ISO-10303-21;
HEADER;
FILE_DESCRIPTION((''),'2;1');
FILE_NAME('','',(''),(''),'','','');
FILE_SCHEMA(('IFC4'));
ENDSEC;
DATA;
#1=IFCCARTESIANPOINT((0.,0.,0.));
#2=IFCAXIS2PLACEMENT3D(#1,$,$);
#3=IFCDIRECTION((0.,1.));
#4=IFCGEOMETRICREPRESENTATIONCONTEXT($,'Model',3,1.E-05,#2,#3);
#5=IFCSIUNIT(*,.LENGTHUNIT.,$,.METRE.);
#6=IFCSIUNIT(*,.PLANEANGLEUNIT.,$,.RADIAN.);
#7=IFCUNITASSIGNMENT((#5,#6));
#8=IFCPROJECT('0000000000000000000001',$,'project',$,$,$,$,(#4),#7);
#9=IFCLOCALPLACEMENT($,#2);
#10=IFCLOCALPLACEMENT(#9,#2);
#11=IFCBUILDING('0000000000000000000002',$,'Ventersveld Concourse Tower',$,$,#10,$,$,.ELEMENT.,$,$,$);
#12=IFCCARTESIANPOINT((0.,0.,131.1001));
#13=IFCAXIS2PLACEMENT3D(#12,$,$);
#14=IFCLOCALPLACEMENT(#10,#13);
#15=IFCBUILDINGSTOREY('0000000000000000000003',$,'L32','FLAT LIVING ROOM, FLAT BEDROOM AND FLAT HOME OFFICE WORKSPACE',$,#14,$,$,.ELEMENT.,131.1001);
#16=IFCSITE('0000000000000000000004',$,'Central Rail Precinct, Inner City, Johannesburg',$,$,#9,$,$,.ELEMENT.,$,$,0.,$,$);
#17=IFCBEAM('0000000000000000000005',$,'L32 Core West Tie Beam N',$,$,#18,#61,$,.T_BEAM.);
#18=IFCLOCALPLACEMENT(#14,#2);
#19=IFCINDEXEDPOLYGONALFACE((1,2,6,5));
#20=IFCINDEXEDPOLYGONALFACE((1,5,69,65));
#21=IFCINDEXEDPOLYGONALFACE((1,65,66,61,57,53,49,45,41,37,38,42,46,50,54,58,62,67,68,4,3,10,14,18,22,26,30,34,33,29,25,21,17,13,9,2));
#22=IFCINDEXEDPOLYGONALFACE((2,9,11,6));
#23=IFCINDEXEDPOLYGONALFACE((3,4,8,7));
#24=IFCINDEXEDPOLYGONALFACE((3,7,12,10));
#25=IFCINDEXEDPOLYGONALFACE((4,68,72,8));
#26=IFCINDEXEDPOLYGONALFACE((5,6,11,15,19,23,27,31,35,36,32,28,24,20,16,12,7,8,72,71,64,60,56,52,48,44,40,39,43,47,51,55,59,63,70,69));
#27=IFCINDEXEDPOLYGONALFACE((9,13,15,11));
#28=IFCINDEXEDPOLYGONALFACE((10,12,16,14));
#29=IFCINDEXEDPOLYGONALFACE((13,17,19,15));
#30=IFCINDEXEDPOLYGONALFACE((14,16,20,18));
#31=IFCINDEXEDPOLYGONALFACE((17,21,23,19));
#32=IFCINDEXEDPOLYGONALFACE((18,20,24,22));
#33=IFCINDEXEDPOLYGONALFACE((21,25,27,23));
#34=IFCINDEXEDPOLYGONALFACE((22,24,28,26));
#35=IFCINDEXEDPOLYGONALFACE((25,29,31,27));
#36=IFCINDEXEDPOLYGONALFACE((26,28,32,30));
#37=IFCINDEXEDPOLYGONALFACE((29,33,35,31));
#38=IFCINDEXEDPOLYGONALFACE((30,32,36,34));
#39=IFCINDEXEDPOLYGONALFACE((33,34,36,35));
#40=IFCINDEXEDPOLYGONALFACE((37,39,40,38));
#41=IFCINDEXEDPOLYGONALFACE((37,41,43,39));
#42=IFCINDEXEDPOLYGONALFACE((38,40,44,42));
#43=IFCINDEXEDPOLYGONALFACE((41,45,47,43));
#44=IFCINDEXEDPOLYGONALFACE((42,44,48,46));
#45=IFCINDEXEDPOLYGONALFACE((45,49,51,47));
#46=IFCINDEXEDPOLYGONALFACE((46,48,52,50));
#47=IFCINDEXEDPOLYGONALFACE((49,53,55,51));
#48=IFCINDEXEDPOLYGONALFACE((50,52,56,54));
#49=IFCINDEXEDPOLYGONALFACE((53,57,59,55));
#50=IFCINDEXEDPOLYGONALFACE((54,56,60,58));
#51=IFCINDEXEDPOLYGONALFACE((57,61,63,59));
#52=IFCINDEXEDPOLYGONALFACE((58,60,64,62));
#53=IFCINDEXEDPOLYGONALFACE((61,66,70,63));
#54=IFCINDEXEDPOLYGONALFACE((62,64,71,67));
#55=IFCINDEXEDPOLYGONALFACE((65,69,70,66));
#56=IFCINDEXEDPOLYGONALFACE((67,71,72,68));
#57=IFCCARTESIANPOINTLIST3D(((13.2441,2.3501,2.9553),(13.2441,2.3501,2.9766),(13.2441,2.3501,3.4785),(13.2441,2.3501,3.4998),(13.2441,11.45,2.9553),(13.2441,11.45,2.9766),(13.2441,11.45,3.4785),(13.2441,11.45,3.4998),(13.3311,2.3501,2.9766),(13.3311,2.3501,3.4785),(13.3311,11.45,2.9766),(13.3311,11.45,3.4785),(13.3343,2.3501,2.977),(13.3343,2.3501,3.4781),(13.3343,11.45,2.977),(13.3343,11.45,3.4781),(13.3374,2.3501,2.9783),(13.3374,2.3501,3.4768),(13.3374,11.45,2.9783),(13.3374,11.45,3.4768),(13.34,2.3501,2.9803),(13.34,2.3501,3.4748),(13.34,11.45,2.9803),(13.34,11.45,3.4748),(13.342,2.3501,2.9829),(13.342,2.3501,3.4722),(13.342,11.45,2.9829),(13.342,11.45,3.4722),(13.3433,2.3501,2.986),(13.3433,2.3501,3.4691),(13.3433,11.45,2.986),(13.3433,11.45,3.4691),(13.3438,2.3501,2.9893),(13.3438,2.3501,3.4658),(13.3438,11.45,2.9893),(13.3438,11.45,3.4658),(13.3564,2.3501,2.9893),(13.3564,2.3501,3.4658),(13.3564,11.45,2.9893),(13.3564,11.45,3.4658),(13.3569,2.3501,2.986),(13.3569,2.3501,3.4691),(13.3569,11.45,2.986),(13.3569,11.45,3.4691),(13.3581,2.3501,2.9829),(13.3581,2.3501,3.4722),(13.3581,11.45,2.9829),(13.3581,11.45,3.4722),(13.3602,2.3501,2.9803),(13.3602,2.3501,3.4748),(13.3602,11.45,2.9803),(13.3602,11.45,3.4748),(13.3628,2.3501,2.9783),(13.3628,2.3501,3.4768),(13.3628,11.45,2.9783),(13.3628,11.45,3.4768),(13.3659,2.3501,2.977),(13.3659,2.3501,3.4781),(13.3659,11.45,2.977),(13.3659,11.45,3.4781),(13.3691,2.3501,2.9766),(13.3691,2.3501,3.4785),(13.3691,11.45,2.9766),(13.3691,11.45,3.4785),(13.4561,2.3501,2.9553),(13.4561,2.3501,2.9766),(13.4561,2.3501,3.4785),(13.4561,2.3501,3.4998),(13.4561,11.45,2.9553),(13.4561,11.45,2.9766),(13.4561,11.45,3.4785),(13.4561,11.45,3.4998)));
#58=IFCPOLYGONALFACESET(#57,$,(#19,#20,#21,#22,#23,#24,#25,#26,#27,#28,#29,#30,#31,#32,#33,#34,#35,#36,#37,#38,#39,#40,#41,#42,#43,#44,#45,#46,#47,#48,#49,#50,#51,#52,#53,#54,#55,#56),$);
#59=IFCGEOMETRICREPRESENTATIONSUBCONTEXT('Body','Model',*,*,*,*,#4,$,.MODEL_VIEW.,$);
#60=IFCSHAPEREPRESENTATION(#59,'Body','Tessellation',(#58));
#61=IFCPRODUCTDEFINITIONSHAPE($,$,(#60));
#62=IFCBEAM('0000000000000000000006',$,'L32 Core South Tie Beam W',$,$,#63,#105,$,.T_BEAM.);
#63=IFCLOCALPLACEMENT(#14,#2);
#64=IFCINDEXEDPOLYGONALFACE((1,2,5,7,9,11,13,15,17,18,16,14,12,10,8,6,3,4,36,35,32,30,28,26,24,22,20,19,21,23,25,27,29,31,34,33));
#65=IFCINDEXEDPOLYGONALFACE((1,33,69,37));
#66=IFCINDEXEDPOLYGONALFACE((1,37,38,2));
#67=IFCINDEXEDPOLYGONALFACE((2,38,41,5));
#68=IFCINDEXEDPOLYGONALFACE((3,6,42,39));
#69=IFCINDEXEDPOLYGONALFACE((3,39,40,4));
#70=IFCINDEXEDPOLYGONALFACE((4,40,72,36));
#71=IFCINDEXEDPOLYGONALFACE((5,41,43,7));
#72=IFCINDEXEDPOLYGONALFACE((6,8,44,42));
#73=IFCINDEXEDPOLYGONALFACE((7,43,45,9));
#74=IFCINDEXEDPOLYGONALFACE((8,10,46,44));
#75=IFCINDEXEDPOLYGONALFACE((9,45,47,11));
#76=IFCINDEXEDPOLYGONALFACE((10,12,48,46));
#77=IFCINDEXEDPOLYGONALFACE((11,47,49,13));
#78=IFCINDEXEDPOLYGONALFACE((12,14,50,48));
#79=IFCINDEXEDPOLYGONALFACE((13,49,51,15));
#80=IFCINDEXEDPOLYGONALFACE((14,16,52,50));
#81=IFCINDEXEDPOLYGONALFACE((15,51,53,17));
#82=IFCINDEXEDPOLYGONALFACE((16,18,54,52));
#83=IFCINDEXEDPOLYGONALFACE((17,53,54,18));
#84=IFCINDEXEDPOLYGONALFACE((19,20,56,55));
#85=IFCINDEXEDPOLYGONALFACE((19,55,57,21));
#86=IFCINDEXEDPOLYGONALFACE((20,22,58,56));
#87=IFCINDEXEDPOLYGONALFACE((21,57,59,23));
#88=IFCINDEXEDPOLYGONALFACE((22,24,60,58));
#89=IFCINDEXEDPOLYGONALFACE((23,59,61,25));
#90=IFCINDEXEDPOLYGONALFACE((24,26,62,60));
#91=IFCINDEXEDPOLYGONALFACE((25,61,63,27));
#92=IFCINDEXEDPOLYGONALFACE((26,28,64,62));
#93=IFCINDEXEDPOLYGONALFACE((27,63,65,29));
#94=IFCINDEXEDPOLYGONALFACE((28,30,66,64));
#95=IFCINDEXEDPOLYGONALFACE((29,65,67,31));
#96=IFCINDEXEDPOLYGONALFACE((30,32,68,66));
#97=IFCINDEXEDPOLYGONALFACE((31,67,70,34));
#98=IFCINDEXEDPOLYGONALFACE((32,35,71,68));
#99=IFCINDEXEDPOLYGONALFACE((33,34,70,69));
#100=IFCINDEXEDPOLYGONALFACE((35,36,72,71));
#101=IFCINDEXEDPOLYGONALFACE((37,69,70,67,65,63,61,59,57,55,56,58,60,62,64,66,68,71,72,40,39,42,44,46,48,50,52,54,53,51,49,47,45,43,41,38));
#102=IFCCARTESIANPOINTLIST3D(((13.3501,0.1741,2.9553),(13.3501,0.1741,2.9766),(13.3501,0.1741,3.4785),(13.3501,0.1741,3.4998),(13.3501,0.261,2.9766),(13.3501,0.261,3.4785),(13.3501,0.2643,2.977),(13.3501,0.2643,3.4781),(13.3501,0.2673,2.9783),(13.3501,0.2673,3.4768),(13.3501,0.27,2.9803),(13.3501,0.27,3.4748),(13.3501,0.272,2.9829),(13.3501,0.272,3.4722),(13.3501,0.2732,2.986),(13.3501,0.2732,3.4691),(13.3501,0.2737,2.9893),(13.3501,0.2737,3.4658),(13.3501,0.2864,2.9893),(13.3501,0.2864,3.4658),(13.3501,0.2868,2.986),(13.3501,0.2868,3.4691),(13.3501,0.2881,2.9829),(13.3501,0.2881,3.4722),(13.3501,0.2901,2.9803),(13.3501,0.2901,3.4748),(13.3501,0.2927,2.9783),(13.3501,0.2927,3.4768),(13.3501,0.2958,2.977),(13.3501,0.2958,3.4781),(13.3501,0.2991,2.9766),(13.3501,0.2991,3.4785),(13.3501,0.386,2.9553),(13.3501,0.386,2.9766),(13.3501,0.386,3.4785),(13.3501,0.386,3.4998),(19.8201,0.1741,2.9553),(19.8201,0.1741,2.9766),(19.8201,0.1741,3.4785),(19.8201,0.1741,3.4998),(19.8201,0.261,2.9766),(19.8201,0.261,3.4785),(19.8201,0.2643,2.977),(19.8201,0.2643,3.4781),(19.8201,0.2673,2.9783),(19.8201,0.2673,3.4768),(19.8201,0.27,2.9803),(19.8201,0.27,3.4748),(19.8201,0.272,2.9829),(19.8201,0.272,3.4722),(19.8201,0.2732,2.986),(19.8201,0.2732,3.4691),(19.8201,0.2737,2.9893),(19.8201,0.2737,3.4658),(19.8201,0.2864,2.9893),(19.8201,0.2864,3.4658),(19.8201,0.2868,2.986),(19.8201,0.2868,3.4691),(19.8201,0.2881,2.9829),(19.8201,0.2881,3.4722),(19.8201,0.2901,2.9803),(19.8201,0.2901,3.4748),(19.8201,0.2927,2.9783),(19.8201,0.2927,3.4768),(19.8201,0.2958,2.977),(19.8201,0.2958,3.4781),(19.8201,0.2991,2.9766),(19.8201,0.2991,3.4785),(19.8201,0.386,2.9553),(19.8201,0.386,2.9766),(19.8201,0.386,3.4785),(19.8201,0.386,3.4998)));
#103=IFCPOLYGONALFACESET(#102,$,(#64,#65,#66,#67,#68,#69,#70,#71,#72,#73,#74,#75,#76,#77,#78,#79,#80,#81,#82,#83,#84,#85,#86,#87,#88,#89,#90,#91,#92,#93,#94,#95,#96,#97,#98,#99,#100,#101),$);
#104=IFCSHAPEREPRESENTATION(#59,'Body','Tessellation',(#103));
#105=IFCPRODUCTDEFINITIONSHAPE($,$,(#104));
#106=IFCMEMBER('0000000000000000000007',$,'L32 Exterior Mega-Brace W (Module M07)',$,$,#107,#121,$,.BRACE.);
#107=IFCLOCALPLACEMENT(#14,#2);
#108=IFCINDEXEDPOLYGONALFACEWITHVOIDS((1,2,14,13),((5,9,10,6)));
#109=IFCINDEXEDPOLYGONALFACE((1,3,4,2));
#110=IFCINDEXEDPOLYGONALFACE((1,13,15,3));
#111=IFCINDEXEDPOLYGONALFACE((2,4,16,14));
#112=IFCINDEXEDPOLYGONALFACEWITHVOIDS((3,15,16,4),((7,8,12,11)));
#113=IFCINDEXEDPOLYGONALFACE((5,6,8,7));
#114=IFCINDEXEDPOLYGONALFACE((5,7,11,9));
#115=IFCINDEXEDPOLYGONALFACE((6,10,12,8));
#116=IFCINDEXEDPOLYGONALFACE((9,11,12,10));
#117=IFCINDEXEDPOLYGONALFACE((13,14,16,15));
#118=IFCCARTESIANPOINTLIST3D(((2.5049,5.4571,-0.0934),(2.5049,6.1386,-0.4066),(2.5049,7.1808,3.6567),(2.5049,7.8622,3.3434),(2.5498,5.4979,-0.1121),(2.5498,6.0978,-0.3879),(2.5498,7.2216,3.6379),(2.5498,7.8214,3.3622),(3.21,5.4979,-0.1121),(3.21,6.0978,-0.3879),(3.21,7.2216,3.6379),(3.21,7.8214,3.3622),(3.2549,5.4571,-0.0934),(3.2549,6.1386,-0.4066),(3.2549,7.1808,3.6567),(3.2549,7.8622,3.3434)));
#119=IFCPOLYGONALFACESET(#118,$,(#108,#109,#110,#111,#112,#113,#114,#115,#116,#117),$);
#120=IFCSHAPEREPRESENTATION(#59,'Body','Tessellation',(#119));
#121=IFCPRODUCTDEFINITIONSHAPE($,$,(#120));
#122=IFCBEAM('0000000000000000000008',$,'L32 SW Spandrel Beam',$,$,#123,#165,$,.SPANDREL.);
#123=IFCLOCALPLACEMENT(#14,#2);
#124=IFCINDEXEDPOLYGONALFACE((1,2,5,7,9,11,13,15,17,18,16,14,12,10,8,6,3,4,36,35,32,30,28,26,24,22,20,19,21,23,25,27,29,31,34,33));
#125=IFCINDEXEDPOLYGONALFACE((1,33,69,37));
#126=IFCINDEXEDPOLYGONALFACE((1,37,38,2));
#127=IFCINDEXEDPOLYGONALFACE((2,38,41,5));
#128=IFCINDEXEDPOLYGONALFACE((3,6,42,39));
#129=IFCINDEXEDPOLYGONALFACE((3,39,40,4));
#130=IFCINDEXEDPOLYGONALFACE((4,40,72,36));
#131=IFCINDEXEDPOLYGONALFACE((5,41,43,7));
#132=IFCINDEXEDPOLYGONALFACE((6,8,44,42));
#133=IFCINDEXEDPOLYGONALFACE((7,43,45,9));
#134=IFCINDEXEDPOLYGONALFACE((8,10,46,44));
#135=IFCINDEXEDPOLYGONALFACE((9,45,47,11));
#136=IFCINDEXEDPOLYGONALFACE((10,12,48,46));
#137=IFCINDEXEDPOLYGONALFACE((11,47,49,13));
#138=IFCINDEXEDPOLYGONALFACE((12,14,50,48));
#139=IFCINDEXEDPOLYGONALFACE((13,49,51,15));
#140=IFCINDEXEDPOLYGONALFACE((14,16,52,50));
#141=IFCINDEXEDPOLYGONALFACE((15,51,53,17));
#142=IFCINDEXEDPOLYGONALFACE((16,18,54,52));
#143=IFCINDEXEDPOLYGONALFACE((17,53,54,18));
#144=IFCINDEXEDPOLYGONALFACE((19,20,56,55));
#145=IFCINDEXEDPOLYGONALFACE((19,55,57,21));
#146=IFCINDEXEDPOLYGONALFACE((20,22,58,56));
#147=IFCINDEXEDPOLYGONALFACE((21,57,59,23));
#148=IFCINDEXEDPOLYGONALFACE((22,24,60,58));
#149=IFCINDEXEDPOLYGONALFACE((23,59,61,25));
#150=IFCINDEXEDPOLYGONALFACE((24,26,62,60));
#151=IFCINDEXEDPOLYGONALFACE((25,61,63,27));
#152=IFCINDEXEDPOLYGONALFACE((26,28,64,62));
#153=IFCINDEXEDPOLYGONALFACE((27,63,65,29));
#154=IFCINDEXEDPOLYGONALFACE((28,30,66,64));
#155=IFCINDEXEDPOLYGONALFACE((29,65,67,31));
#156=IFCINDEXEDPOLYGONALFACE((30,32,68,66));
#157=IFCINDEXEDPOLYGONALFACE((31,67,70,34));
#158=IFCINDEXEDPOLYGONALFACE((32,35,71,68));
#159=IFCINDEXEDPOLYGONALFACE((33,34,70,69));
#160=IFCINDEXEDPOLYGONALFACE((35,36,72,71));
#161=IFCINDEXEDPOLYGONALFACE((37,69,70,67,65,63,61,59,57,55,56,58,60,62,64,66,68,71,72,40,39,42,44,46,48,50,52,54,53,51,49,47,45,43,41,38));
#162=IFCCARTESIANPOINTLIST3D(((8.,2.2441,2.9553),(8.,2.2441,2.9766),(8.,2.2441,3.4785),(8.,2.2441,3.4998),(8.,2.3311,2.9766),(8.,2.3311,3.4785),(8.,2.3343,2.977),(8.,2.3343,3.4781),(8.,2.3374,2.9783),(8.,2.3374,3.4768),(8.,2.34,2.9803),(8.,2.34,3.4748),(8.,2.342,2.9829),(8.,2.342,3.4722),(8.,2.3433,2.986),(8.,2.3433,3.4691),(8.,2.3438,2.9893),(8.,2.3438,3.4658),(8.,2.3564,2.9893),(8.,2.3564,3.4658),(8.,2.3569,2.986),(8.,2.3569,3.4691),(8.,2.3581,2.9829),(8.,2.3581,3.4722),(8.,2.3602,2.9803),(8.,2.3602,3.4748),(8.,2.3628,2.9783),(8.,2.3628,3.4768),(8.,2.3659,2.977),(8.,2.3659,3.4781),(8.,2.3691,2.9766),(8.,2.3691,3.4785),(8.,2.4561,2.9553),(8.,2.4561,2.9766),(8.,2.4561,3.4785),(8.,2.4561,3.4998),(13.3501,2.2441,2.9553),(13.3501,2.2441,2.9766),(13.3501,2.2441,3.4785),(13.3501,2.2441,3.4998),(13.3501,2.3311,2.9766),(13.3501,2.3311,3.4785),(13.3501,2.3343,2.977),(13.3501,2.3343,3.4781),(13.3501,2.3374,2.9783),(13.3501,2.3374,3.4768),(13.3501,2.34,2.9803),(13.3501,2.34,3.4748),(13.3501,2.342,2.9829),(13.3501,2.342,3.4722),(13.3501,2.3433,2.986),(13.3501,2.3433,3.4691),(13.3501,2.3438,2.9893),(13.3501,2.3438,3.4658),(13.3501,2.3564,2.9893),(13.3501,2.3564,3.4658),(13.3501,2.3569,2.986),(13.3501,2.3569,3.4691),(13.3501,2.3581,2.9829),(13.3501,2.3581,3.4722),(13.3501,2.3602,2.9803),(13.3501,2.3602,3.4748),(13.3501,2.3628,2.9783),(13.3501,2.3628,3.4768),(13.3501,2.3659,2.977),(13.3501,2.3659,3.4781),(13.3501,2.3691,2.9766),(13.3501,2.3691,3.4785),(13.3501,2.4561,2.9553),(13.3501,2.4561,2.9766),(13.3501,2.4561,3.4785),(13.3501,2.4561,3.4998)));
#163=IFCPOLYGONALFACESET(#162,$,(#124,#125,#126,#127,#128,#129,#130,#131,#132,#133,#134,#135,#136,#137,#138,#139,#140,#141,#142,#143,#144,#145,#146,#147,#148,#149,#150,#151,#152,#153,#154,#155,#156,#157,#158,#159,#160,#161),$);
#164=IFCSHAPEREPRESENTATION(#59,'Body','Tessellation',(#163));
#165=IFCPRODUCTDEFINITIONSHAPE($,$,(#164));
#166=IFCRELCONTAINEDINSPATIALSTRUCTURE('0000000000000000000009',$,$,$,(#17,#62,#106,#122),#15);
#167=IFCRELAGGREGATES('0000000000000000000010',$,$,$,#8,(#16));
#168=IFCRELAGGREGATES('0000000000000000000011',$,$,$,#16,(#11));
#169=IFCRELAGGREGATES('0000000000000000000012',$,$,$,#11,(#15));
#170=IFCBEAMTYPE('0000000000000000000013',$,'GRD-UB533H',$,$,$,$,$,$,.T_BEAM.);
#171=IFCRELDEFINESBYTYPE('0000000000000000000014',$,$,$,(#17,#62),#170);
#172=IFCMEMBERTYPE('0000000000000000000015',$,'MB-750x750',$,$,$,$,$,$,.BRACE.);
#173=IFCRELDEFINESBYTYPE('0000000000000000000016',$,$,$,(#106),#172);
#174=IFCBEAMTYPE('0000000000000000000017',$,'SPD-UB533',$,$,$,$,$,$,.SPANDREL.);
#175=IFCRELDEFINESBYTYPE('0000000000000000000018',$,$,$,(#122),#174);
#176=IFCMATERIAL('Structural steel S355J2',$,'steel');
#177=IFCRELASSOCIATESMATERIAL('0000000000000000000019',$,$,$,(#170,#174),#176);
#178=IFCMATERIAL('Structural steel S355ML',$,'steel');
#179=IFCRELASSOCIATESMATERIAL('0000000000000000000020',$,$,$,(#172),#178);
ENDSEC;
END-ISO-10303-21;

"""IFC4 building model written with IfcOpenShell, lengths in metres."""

from ifc_helpers import new_model, si_unit, direction, frame, origin, origin_2d, place, context, subcontext, project, spatial, hollow_rectangle, i_section, extrude, material, material_profile, profile_set, type_object, element, save


model = new_model("IFC4")

# Units and contexts
model_context = context("Model", 3, precision=1e-05, world=origin(), true_north=direction((0.0, 1.0)))
body_context = subcontext(model_context, "Body", "Model", "MODEL_VIEW")
ifc_project = project(units=[si_unit("LENGTHUNIT", "METRE"), si_unit("PLANEANGLEUNIT", "RADIAN")], contexts=[model_context])

# Site, building, storey
site_placement = place(None, origin())
site = spatial("IfcSite", under=ifc_project, at=site_placement, Name="Central Rail Precinct, Inner City, Johannesburg", CompositionType="ELEMENT", RefElevation=0.0)
building_placement = place(site_placement, origin())
building = spatial("IfcBuilding", under=site, at=building_placement, Name="Ventersveld Concourse Tower", CompositionType="ELEMENT")
storey_placement = place(building_placement, frame((0.0, 0.0, 131.1001)))
storey = spatial("IfcBuildingStorey", under=building, at=storey_placement, Name="L32", Description="FLAT LIVING ROOM, FLAT BEDROOM AND FLAT HOME OFFICE WORKSPACE", CompositionType="ELEMENT", Elevation=131.1001)

# Beams
ifc_material_1 = material(Name="Structural steel S355J2", Category="steel")
ifc_material_profile_1 = material_profile(ifc_material_1, i_section(OverallWidth=0.2119, OverallDepth=0.5444, WebThickness=0.0127, FlangeThickness=0.0212, FilletRadius=0.0127, at=origin_2d()), Name="UB 533x210x122")
ifc_profile_set_1 = profile_set([ifc_material_profile_1], Name="Structural steel S355J2")
beam_type_1 = type_object("IfcBeamType", Name="GRD-UB533H", PredefinedType="T_BEAM", material=ifc_profile_set_1)
beam_1_placement = place(storey_placement, frame((13.3501, 2.3501, 3.2275), z_axis=(0.0, 1.0, 0.0), x_axis=(-1.0, 0.0, 0.0)))
element("IfcBeam", 1, at=beam_1_placement, inside=storey, type_object=beam_type_1, Name="L32 Core West Tie Beam N", PredefinedType="T_BEAM", context=body_context, shape_type="SweptSolid", body=[
    extrude(i_section(OverallWidth=0.2119, OverallDepth=0.5444, WebThickness=0.0127, FlangeThickness=0.0212, FilletRadius=0.0127, at=origin_2d()), origin(), (0.0, 0.0, 1.0), 9.0999),
])
beam_2_placement = place(storey_placement, frame((13.3501, 0.28, 3.2275), z_axis=(1.0, 0.0, 0.0), x_axis=(0.0, 1.0, 0.0)))
element("IfcBeam", 2, at=beam_2_placement, inside=storey, type_object=beam_type_1, Name="L32 Core South Tie Beam W", PredefinedType="T_BEAM", context=body_context, shape_type="SweptSolid", body=[
    extrude(i_section(OverallWidth=0.2119, OverallDepth=0.5444, WebThickness=0.0127, FlangeThickness=0.0212, FilletRadius=0.0127, at=origin_2d()), origin(), (0.0, 0.0, 1.0), 6.47),
])

# Member
ifc_material_2 = material(Name="Structural steel S355ML", Category="steel")
ifc_material_profile_2 = material_profile(ifc_material_2, hollow_rectangle(XDim=0.75, YDim=0.75, WallThickness=0.0449, at=origin_2d()), Name="BOX 750x750x45")
ifc_profile_set_2 = profile_set([ifc_material_profile_2], Name="Structural steel S355ML")
member_type = type_object("IfcMemberType", Name="MB-750x750", PredefinedType="BRACE", material=ifc_profile_set_2)
member_placement = place(storey_placement, frame((2.8799, 5.7979, -0.25), z_axis=(0.0, 0.417632, 0.908616), x_axis=(-1.0, 0.0, 0.0)))
element("IfcMember", 3, at=member_placement, inside=storey, type_object=member_type, Name="L32 Exterior Mega-Brace W (Module M07)", PredefinedType="BRACE", context=body_context, shape_type="SweptSolid", body=[
    extrude(hollow_rectangle(XDim=0.75, YDim=0.75, WallThickness=0.0449, at=origin_2d()), origin(), (0.0, 0.0, 1.0), 4.1272),
])

# Beam
ifc_material_profile_3 = material_profile(ifc_material_1, i_section(OverallWidth=0.2119, OverallDepth=0.5444, WebThickness=0.0127, FlangeThickness=0.0212, FilletRadius=0.0127, at=origin_2d()), Name="UB 533x210x122")
ifc_profile_set_3 = profile_set([ifc_material_profile_3], Name="Structural steel S355J2")
beam_type_2 = type_object("IfcBeamType", Name="SPD-UB533", PredefinedType="SPANDREL", material=ifc_profile_set_3)
beam_3_placement = place(storey_placement, frame((8.0, 2.3501, 3.2275), z_axis=(1.0, 0.0, 0.0), x_axis=(0.0, 1.0, 0.0)))
element("IfcBeam", 4, at=beam_3_placement, inside=storey, type_object=beam_type_2, Name="L32 SW Spandrel Beam", PredefinedType="SPANDREL", context=body_context, shape_type="SweptSolid", body=[
    extrude(i_section(OverallWidth=0.2119, OverallDepth=0.5444, WebThickness=0.0127, FlangeThickness=0.0212, FilletRadius=0.0127, at=origin_2d()), origin(), (0.0, 0.0, 1.0), 5.3501),
])

save(model, "model.ifc")
